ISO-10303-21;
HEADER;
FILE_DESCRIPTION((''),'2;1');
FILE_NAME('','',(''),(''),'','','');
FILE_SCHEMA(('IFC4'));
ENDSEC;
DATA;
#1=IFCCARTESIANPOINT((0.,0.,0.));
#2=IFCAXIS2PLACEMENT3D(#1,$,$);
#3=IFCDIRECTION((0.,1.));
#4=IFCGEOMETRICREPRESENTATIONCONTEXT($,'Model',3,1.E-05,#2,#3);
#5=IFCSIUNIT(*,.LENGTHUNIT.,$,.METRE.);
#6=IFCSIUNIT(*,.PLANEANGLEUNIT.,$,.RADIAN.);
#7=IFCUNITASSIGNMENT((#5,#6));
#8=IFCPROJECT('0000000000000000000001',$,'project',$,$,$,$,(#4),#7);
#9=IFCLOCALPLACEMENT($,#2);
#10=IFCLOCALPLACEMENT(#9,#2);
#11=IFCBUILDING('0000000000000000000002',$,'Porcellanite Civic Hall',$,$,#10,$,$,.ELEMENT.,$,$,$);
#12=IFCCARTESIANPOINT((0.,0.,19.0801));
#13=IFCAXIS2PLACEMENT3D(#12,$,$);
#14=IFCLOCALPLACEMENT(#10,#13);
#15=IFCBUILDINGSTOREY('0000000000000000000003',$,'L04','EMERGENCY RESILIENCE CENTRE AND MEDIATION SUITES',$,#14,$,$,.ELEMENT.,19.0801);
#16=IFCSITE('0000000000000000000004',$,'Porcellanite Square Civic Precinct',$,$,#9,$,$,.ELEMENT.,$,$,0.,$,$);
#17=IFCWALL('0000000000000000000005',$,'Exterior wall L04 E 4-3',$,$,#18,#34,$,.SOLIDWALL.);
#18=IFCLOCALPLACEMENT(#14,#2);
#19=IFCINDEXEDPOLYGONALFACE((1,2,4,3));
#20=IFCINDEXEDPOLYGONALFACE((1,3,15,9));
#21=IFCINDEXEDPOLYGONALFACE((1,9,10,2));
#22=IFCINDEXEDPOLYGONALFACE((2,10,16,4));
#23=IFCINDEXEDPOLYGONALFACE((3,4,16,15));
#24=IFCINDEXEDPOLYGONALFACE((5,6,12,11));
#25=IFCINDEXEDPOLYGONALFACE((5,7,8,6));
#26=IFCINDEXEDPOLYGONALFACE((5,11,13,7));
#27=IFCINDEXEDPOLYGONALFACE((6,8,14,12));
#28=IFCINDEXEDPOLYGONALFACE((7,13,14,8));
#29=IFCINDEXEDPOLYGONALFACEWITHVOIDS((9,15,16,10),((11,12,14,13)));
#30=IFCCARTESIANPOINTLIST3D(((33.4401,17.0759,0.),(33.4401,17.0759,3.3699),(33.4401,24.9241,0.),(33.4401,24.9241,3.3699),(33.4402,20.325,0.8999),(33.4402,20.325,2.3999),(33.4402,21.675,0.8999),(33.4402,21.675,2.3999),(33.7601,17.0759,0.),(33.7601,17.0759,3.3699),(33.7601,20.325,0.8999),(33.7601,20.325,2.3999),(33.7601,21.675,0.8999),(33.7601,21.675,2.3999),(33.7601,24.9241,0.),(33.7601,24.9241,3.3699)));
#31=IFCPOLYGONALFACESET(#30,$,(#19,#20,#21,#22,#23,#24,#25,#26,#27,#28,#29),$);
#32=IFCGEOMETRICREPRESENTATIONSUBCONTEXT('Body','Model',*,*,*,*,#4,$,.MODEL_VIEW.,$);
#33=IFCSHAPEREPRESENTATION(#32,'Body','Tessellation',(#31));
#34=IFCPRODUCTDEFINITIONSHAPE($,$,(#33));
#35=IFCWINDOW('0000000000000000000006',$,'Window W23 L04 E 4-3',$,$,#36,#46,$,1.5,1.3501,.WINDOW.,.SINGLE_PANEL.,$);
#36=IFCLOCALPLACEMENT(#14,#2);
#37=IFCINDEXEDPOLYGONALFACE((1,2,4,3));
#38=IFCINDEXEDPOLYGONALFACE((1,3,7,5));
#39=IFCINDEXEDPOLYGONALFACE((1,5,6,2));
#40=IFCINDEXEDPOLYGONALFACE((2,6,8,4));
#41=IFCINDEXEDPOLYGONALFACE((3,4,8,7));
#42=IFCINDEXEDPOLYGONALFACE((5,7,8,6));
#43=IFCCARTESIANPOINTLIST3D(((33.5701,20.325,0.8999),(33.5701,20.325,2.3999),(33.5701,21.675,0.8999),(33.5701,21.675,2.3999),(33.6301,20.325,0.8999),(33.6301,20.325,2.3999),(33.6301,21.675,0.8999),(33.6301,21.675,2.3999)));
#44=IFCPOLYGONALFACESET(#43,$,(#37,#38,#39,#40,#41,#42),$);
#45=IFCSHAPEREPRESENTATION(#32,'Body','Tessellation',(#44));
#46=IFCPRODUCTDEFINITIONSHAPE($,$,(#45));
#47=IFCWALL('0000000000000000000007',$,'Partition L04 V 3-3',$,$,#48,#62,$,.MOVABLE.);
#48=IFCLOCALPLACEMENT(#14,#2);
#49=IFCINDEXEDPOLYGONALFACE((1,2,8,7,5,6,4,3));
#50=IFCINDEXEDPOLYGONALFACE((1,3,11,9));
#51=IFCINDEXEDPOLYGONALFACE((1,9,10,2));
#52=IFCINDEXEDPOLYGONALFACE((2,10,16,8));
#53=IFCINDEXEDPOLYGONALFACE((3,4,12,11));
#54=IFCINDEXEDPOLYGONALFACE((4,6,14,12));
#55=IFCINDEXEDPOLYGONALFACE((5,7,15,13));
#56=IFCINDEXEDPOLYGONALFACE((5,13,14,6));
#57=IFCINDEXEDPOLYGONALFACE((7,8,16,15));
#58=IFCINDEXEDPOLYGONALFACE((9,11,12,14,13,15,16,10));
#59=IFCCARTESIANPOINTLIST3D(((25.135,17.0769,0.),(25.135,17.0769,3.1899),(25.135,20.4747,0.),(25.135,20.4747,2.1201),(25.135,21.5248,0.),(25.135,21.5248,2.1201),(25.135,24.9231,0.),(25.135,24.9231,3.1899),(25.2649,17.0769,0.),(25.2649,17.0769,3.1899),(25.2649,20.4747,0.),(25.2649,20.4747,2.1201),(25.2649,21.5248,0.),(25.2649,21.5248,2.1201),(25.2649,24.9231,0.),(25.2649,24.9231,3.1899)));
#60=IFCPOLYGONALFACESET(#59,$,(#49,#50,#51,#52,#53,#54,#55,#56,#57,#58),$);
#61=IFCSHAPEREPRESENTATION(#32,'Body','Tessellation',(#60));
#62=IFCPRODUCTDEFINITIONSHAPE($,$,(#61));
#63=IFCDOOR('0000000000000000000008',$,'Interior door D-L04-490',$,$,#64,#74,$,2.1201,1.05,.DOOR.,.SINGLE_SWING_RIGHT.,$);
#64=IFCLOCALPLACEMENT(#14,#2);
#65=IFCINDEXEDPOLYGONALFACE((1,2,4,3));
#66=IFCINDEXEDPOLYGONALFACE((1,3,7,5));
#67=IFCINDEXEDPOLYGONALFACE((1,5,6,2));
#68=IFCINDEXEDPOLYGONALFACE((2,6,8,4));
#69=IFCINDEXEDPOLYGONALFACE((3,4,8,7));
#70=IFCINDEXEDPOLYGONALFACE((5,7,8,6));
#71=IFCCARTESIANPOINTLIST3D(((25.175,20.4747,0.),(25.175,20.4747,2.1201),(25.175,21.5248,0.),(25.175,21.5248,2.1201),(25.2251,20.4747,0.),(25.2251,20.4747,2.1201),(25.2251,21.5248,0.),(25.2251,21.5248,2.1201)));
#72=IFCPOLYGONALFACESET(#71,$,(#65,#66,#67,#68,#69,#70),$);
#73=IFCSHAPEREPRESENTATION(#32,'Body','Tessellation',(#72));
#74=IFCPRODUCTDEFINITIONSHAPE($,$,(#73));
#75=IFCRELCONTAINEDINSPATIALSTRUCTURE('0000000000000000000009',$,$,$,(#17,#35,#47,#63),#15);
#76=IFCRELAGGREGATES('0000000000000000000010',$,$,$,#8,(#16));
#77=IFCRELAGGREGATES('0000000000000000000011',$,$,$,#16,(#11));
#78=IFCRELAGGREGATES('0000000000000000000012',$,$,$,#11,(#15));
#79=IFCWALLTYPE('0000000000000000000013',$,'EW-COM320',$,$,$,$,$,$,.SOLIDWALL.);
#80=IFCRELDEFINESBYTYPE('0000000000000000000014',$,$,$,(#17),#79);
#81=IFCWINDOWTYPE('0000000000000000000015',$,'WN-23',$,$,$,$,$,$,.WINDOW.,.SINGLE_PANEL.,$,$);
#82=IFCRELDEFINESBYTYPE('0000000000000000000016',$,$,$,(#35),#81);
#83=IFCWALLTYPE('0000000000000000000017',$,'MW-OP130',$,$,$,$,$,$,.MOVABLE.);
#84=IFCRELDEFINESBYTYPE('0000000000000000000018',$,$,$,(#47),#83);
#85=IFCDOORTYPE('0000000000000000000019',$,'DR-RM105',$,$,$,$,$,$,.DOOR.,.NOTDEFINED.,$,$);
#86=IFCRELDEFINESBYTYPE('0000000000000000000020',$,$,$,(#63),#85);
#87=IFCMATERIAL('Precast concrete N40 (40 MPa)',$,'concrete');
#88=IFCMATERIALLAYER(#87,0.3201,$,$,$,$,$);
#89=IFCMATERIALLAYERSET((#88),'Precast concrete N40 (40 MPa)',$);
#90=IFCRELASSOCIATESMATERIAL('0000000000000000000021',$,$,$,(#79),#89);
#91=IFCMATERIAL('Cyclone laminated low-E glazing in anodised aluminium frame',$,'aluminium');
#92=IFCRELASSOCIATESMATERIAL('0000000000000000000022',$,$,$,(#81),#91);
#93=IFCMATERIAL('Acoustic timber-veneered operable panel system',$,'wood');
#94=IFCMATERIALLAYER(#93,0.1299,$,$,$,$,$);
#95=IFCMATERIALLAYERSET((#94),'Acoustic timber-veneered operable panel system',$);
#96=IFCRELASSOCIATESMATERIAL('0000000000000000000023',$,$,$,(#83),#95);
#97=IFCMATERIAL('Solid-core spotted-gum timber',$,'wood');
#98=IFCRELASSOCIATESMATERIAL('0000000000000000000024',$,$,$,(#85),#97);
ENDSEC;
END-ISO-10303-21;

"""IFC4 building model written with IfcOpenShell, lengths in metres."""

from ifc_helpers import new_model, si_unit, direction, frame, frame_2d, origin, place, context, subcontext, project, spatial, rectangle, extrude, material, layer, layer_set, type_object, element, fill, save


model = new_model("IFC4")

# Units and contexts
model_context = context("Model", 3, precision=1e-05, world=origin(), true_north=direction((0.0, 1.0)))
body_context = subcontext(model_context, "Body", "Model", "MODEL_VIEW")
ifc_project = project(units=[si_unit("LENGTHUNIT", "METRE"), si_unit("PLANEANGLEUNIT", "RADIAN")], contexts=[model_context])

# Site, building, storey
site_placement = place(None, origin())
site = spatial("IfcSite", under=ifc_project, at=site_placement, Name="Porcellanite Square Civic Precinct", CompositionType="ELEMENT", RefElevation=0.0)
building_placement = place(site_placement, origin())
building = spatial("IfcBuilding", under=site, at=building_placement, Name="Porcellanite Civic Hall", CompositionType="ELEMENT")
storey_placement = place(building_placement, frame((0.0, 0.0, 19.0801)))
storey = spatial("IfcBuildingStorey", under=building, at=storey_placement, Name="L04", Description="EMERGENCY RESILIENCE CENTRE AND MEDIATION SUITES", CompositionType="ELEMENT", Elevation=19.0801)

# Shared definitions
ifc_material_1 = material(Name="Precast concrete N40 (40 MPa)", Category="concrete")
ifc_layer_1 = layer(ifc_material_1, 0.3201)
ifc_layer_set_1 = layer_set([ifc_layer_1], Name="Precast concrete N40 (40 MPa)")
wall_type_1 = type_object("IfcWallType", Name="EW-COM320", PredefinedType="SOLIDWALL", material=ifc_layer_set_1)

# Wall, opening, window
wall_1_placement = place(storey_placement, frame((33.6001, 24.9241, 0.0), z_axis=(0.0, 0.0, 1.0), x_axis=(0.0, -1.0, 0.0)))
wall_1 = element("IfcWall", 1, at=wall_1_placement, inside=storey, type_object=wall_type_1, Name="Exterior wall L04 E 4-3", PredefinedType="SOLIDWALL", context=body_context, shape_type="SweptSolid", body=[
    extrude(rectangle(XDim=7.8481, YDim=0.3201, at=frame_2d((3.9241, 0.0))), origin(), (0.0, 0.0, 1.0), 3.3699),
])
opening_1_placement = place(wall_1_placement, frame((3.249, 0.0, 0.8999)))
opening_1 = element("IfcOpeningElement", 2, at=opening_1_placement, cuts=wall_1, PredefinedType="OPENING", context=body_context, shape_type="SweptSolid", body=[
    extrude(rectangle(XDim=1.3501, YDim=1.5, at=frame_2d((0.675, 0.75))), frame((0.0, 0.1602, 0.0), z_axis=(0.0, -1.0, 0.0), x_axis=(1.0, 0.0, 0.0)), (0.0, 0.0, 1.0), 0.3201),
])
ifc_material_2 = material(Name="Cyclone laminated low-E glazing in anodised aluminium frame", Category="aluminium")
window_type = type_object("IfcWindowType", Name="WN-23", PartitioningType="SINGLE_PANEL", PredefinedType="WINDOW", material=ifc_material_2)
window_placement = place(opening_1_placement, origin())
window = element("IfcWindow", 3, at=window_placement, inside=storey, type_object=window_type, Name="Window W23 L04 E 4-3", OverallHeight=1.5, OverallWidth=1.3501, PartitioningType="SINGLE_PANEL", PredefinedType="WINDOW", context=body_context, shape_type="SweptSolid", body=[
    extrude(rectangle(XDim=1.3501, YDim=1.5, at=frame_2d((0.675, 0.75))), frame((0.0, 0.03, 0.0), z_axis=(0.0, -1.0, 0.0), x_axis=(1.0, 0.0, 0.0)), (0.0, 0.0, 1.0), 0.0601),
])
fill(opening_1, window)

# Wall, opening, door
ifc_material_3 = material(Name="Acoustic timber-veneered operable panel system", Category="wood")
ifc_layer_2 = layer(ifc_material_3, 0.1299)
ifc_layer_set_2 = layer_set([ifc_layer_2], Name="Acoustic timber-veneered operable panel system")
wall_type_2 = type_object("IfcWallType", Name="MW-OP130", PredefinedType="MOVABLE", material=ifc_layer_set_2)
wall_2_placement = place(storey_placement, frame((25.2, 17.0769, 0.0), z_axis=(0.0, 0.0, 1.0), x_axis=(0.0, 1.0, 0.0)))
wall_2 = element("IfcWall", 4, at=wall_2_placement, inside=storey, type_object=wall_type_2, Name="Partition L04 V 3-3", PredefinedType="MOVABLE", context=body_context, shape_type="SweptSolid", body=[
    extrude(rectangle(XDim=7.8462, YDim=0.1299, at=frame_2d((3.9231, 0.0))), origin(), (0.0, 0.0, 1.0), 3.1899),
])
opening_2_placement = place(wall_2_placement, frame((3.3979, 0.0, 0.0)))
opening_2 = element("IfcOpeningElement", 5, at=opening_2_placement, cuts=wall_2, PredefinedType="OPENING", context=body_context, shape_type="SweptSolid", body=[
    extrude(rectangle(XDim=1.05, YDim=2.1201, at=frame_2d((0.5249, 1.0601))), frame((0.0, 0.0649, 0.0), z_axis=(0.0, -1.0, 0.0), x_axis=(1.0, 0.0, 0.0)), (0.0, 0.0, 1.0), 0.1299),
])
ifc_material_4 = material(Name="Solid-core spotted-gum timber", Category="wood")
door_type = type_object("IfcDoorType", Name="DR-RM105", OperationType="NOTDEFINED", PredefinedType="DOOR", material=ifc_material_4)
door_placement = place(opening_2_placement, origin())
door = element("IfcDoor", 6, at=door_placement, inside=storey, type_object=door_type, Name="Interior door D-L04-490", OperationType="SINGLE_SWING_RIGHT", OverallHeight=2.1201, OverallWidth=1.05, PredefinedType="DOOR", context=body_context, shape_type="SweptSolid", body=[
    extrude(rectangle(XDim=1.05, YDim=2.1201, at=frame_2d((0.5249, 1.0601))), frame((0.0, 0.0249, 0.0), z_axis=(0.0, -1.0, 0.0), x_axis=(1.0, 0.0, 0.0)), (0.0, 0.0, 1.0), 0.05),
])
fill(opening_2, door)

save(model, "model.ifc")
